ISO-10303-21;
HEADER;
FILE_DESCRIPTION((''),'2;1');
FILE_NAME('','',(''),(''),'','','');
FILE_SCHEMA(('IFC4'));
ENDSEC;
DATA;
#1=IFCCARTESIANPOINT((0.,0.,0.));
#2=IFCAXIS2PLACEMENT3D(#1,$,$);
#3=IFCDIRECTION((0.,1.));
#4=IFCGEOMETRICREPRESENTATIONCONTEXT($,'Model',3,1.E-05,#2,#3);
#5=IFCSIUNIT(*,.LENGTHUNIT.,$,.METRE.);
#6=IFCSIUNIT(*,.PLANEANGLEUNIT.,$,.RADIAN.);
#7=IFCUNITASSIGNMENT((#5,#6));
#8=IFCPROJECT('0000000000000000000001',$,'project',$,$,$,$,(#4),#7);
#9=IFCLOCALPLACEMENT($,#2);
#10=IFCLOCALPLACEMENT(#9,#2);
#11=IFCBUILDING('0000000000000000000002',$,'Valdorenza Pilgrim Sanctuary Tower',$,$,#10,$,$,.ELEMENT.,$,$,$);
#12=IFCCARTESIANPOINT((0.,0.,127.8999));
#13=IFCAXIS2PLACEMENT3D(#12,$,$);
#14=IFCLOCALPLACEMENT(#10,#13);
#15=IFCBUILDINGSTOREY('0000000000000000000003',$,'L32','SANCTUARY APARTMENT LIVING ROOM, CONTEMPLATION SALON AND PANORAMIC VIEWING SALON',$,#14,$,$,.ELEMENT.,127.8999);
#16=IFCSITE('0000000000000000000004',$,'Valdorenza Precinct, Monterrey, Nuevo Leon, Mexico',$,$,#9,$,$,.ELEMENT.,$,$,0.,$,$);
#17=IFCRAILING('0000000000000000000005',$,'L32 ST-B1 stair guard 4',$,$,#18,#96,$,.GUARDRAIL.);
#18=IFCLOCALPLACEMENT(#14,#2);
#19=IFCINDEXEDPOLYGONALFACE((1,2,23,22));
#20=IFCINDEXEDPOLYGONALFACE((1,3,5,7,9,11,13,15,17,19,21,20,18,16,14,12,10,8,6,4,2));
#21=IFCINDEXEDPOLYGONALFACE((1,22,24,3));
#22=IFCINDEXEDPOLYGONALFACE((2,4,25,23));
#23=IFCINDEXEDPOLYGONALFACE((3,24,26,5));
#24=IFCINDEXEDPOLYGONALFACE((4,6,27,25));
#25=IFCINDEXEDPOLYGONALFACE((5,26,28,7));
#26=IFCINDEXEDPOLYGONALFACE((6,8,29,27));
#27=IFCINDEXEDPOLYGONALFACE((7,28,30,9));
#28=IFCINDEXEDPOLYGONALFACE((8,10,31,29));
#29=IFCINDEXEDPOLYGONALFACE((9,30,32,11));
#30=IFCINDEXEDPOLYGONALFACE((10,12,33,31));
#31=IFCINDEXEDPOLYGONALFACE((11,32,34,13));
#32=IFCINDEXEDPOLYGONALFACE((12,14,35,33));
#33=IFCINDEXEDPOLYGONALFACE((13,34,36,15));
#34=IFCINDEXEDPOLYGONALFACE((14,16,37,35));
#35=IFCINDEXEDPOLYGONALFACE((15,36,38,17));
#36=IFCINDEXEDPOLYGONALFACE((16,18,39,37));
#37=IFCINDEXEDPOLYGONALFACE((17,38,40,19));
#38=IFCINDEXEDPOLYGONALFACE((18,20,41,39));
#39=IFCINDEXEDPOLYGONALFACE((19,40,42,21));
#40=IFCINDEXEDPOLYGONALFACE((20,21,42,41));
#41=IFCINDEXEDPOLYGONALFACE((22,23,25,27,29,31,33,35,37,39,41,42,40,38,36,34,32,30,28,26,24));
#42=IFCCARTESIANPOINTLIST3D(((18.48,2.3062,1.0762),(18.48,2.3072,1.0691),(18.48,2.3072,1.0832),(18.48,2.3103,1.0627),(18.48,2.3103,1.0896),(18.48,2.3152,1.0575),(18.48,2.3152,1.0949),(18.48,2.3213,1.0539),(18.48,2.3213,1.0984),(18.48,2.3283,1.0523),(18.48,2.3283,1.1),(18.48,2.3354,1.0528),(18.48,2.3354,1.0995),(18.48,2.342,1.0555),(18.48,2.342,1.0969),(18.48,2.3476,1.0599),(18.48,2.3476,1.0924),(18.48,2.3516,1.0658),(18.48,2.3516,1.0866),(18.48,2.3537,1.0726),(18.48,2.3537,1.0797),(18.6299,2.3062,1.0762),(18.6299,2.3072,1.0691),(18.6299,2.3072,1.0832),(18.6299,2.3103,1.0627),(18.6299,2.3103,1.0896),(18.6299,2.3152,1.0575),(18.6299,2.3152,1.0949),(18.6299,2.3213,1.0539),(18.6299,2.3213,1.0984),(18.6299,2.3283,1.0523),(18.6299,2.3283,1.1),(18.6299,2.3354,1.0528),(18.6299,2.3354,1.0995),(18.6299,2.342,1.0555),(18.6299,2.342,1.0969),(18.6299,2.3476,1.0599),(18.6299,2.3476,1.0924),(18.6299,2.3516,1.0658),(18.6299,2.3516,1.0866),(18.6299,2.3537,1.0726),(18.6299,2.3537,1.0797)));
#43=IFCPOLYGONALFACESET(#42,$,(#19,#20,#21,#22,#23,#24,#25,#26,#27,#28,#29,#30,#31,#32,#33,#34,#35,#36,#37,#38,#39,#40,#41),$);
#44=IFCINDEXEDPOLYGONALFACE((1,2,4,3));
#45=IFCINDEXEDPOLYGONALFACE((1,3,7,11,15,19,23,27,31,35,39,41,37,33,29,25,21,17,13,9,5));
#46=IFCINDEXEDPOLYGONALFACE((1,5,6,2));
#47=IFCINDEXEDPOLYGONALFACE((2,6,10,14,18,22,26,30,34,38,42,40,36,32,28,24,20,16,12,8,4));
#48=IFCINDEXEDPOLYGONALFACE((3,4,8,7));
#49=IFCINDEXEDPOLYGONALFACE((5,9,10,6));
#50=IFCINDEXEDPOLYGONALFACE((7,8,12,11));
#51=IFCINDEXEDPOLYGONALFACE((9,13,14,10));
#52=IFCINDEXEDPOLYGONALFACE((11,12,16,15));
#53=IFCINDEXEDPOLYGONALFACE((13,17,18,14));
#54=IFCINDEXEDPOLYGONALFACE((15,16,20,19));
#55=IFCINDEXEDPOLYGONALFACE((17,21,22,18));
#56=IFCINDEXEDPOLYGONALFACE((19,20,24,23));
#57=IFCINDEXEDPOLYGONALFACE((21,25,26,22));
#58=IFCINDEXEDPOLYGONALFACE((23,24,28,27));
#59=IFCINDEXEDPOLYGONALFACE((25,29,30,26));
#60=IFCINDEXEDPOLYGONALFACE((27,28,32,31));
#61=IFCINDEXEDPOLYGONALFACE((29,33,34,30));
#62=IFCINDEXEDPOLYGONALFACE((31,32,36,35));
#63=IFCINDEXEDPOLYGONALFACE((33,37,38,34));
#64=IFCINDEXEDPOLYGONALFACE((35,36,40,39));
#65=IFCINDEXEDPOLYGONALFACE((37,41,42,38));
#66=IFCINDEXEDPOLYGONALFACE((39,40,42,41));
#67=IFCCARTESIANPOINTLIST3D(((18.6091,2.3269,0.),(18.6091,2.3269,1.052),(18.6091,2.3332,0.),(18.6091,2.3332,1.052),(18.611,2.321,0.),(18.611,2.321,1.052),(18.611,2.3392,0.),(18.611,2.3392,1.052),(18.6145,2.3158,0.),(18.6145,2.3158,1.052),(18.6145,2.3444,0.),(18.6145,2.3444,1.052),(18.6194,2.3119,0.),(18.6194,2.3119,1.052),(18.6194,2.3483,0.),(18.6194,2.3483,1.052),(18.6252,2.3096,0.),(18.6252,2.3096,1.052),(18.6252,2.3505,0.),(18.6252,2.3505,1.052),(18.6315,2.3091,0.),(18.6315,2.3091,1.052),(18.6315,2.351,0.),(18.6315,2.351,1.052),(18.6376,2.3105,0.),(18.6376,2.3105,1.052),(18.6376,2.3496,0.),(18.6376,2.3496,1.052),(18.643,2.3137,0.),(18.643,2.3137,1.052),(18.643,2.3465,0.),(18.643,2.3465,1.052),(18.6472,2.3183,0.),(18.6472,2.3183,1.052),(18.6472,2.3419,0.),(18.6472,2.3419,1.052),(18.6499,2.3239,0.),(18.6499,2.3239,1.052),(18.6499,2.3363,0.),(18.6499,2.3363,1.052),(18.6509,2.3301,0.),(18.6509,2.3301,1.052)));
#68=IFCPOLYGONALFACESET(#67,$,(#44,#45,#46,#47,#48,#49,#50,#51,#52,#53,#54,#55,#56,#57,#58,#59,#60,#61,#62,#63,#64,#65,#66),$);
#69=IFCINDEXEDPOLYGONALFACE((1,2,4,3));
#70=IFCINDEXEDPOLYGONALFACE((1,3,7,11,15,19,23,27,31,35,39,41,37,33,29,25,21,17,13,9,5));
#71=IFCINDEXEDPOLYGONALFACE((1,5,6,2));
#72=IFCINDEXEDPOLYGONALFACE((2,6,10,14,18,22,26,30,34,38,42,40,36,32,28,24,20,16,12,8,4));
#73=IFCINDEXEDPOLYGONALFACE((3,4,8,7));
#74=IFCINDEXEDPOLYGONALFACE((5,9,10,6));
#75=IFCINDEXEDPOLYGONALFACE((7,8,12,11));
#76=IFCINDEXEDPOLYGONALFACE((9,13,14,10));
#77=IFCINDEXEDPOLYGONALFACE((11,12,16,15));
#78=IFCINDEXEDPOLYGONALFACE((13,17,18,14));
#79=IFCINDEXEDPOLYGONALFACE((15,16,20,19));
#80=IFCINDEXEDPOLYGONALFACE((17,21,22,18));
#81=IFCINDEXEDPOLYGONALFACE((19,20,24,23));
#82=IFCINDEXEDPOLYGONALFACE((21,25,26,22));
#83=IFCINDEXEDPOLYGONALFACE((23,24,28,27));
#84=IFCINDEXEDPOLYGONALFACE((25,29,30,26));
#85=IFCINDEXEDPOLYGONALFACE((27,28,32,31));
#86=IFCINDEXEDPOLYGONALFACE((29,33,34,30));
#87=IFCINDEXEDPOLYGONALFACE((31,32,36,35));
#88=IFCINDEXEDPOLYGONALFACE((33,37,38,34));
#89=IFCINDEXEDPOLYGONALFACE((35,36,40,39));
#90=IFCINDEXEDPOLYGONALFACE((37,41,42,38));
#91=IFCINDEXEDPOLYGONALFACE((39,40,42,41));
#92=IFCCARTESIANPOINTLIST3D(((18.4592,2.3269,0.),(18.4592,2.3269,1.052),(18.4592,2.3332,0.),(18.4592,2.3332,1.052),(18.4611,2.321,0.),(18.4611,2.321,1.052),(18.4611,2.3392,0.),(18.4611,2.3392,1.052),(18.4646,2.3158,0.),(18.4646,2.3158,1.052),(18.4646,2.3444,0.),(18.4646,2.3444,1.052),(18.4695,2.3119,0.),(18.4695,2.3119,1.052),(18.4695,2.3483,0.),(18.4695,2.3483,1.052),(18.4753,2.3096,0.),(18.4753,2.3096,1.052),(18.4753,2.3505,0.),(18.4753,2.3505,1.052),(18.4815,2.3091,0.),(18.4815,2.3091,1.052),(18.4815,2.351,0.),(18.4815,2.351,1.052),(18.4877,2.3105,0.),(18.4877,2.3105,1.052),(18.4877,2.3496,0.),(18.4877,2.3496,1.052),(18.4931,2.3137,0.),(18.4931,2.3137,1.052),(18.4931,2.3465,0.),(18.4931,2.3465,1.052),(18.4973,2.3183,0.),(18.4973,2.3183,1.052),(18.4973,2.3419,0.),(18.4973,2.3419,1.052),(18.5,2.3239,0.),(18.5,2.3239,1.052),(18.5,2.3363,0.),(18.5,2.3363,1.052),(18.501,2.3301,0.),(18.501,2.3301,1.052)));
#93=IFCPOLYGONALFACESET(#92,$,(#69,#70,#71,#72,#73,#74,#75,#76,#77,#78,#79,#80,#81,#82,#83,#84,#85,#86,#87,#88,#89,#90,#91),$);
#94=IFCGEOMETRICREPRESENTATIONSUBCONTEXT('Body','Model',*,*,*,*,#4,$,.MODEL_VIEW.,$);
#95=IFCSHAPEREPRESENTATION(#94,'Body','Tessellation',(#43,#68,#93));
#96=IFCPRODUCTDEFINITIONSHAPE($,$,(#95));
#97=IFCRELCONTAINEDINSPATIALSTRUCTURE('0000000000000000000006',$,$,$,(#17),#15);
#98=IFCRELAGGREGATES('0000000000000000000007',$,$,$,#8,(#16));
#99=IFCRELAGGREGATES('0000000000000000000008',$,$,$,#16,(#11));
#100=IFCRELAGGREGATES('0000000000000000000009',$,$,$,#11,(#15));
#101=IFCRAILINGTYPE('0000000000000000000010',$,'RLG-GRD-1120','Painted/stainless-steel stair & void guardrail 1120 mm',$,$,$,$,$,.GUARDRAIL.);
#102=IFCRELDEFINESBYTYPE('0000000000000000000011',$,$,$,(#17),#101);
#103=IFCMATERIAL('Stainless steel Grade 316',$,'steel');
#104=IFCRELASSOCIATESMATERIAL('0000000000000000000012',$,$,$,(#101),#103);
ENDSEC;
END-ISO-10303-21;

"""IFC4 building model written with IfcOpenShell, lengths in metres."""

from ifc_helpers import new_model, si_unit, direction, frame, origin, origin_2d, place, context, subcontext, project, spatial, circle, extrude, material, type_object, element, save


model = new_model("IFC4")

# Units and contexts
model_context = context("Model", 3, precision=1e-05, world=origin(), true_north=direction((0.0, 1.0)))
body_context = subcontext(model_context, "Body", "Model", "MODEL_VIEW")
ifc_project = project(units=[si_unit("LENGTHUNIT", "METRE"), si_unit("PLANEANGLEUNIT", "RADIAN")], contexts=[model_context])

# Site, building, storey
site_placement = place(None, origin())
site = spatial("IfcSite", under=ifc_project, at=site_placement, Name="Valdorenza Precinct, Monterrey, Nuevo Leon, Mexico", CompositionType="ELEMENT", RefElevation=0.0)
building_placement = place(site_placement, origin())
building = spatial("IfcBuilding", under=site, at=building_placement, Name="Valdorenza Pilgrim Sanctuary Tower", CompositionType="ELEMENT")
storey_placement = place(building_placement, frame((0.0, 0.0, 127.8999)))
storey = spatial("IfcBuildingStorey", under=building, at=storey_placement, Name="L32", Description="SANCTUARY APARTMENT LIVING ROOM, CONTEMPLATION SALON AND PANORAMIC VIEWING SALON", CompositionType="ELEMENT", Elevation=127.8999)

# Railing
ifc_material_1 = material(Name="Stainless steel Grade 316", Category="steel")
railing_type_1 = type_object("IfcRailingType", Name="RLG-GRD-1120", Description="Painted/stainless-steel stair & void guardrail 1120 mm", PredefinedType="GUARDRAIL", material=ifc_material_1)
railing_1_placement = place(storey_placement, frame((18.6299, 2.3301, 0.0)))
element("IfcRailing", 1, at=railing_1_placement, inside=storey, type_object=railing_type_1, Name="L32 ST-B1 stair guard 4", PredefinedType="GUARDRAIL", context=body_context, shape_type="SweptSolid", body=[
    extrude(circle(Radius=0.0239, at=origin_2d()), frame((0.0, 0.0, 1.0762), z_axis=(-1.0, 0.0, 0.0), x_axis=(0.0, -1.0, 0.0)), (0.0, 0.0, 1.0), 0.1499),
    extrude(circle(Radius=0.021, at=origin_2d()), origin(), (0.0, 0.0, 1.0), 1.052),
    extrude(circle(Radius=0.021, at=origin_2d()), frame((-0.1499, 0.0, 0.0)), (0.0, 0.0, 1.0), 1.052),
])

save(model, "model.ifc")
